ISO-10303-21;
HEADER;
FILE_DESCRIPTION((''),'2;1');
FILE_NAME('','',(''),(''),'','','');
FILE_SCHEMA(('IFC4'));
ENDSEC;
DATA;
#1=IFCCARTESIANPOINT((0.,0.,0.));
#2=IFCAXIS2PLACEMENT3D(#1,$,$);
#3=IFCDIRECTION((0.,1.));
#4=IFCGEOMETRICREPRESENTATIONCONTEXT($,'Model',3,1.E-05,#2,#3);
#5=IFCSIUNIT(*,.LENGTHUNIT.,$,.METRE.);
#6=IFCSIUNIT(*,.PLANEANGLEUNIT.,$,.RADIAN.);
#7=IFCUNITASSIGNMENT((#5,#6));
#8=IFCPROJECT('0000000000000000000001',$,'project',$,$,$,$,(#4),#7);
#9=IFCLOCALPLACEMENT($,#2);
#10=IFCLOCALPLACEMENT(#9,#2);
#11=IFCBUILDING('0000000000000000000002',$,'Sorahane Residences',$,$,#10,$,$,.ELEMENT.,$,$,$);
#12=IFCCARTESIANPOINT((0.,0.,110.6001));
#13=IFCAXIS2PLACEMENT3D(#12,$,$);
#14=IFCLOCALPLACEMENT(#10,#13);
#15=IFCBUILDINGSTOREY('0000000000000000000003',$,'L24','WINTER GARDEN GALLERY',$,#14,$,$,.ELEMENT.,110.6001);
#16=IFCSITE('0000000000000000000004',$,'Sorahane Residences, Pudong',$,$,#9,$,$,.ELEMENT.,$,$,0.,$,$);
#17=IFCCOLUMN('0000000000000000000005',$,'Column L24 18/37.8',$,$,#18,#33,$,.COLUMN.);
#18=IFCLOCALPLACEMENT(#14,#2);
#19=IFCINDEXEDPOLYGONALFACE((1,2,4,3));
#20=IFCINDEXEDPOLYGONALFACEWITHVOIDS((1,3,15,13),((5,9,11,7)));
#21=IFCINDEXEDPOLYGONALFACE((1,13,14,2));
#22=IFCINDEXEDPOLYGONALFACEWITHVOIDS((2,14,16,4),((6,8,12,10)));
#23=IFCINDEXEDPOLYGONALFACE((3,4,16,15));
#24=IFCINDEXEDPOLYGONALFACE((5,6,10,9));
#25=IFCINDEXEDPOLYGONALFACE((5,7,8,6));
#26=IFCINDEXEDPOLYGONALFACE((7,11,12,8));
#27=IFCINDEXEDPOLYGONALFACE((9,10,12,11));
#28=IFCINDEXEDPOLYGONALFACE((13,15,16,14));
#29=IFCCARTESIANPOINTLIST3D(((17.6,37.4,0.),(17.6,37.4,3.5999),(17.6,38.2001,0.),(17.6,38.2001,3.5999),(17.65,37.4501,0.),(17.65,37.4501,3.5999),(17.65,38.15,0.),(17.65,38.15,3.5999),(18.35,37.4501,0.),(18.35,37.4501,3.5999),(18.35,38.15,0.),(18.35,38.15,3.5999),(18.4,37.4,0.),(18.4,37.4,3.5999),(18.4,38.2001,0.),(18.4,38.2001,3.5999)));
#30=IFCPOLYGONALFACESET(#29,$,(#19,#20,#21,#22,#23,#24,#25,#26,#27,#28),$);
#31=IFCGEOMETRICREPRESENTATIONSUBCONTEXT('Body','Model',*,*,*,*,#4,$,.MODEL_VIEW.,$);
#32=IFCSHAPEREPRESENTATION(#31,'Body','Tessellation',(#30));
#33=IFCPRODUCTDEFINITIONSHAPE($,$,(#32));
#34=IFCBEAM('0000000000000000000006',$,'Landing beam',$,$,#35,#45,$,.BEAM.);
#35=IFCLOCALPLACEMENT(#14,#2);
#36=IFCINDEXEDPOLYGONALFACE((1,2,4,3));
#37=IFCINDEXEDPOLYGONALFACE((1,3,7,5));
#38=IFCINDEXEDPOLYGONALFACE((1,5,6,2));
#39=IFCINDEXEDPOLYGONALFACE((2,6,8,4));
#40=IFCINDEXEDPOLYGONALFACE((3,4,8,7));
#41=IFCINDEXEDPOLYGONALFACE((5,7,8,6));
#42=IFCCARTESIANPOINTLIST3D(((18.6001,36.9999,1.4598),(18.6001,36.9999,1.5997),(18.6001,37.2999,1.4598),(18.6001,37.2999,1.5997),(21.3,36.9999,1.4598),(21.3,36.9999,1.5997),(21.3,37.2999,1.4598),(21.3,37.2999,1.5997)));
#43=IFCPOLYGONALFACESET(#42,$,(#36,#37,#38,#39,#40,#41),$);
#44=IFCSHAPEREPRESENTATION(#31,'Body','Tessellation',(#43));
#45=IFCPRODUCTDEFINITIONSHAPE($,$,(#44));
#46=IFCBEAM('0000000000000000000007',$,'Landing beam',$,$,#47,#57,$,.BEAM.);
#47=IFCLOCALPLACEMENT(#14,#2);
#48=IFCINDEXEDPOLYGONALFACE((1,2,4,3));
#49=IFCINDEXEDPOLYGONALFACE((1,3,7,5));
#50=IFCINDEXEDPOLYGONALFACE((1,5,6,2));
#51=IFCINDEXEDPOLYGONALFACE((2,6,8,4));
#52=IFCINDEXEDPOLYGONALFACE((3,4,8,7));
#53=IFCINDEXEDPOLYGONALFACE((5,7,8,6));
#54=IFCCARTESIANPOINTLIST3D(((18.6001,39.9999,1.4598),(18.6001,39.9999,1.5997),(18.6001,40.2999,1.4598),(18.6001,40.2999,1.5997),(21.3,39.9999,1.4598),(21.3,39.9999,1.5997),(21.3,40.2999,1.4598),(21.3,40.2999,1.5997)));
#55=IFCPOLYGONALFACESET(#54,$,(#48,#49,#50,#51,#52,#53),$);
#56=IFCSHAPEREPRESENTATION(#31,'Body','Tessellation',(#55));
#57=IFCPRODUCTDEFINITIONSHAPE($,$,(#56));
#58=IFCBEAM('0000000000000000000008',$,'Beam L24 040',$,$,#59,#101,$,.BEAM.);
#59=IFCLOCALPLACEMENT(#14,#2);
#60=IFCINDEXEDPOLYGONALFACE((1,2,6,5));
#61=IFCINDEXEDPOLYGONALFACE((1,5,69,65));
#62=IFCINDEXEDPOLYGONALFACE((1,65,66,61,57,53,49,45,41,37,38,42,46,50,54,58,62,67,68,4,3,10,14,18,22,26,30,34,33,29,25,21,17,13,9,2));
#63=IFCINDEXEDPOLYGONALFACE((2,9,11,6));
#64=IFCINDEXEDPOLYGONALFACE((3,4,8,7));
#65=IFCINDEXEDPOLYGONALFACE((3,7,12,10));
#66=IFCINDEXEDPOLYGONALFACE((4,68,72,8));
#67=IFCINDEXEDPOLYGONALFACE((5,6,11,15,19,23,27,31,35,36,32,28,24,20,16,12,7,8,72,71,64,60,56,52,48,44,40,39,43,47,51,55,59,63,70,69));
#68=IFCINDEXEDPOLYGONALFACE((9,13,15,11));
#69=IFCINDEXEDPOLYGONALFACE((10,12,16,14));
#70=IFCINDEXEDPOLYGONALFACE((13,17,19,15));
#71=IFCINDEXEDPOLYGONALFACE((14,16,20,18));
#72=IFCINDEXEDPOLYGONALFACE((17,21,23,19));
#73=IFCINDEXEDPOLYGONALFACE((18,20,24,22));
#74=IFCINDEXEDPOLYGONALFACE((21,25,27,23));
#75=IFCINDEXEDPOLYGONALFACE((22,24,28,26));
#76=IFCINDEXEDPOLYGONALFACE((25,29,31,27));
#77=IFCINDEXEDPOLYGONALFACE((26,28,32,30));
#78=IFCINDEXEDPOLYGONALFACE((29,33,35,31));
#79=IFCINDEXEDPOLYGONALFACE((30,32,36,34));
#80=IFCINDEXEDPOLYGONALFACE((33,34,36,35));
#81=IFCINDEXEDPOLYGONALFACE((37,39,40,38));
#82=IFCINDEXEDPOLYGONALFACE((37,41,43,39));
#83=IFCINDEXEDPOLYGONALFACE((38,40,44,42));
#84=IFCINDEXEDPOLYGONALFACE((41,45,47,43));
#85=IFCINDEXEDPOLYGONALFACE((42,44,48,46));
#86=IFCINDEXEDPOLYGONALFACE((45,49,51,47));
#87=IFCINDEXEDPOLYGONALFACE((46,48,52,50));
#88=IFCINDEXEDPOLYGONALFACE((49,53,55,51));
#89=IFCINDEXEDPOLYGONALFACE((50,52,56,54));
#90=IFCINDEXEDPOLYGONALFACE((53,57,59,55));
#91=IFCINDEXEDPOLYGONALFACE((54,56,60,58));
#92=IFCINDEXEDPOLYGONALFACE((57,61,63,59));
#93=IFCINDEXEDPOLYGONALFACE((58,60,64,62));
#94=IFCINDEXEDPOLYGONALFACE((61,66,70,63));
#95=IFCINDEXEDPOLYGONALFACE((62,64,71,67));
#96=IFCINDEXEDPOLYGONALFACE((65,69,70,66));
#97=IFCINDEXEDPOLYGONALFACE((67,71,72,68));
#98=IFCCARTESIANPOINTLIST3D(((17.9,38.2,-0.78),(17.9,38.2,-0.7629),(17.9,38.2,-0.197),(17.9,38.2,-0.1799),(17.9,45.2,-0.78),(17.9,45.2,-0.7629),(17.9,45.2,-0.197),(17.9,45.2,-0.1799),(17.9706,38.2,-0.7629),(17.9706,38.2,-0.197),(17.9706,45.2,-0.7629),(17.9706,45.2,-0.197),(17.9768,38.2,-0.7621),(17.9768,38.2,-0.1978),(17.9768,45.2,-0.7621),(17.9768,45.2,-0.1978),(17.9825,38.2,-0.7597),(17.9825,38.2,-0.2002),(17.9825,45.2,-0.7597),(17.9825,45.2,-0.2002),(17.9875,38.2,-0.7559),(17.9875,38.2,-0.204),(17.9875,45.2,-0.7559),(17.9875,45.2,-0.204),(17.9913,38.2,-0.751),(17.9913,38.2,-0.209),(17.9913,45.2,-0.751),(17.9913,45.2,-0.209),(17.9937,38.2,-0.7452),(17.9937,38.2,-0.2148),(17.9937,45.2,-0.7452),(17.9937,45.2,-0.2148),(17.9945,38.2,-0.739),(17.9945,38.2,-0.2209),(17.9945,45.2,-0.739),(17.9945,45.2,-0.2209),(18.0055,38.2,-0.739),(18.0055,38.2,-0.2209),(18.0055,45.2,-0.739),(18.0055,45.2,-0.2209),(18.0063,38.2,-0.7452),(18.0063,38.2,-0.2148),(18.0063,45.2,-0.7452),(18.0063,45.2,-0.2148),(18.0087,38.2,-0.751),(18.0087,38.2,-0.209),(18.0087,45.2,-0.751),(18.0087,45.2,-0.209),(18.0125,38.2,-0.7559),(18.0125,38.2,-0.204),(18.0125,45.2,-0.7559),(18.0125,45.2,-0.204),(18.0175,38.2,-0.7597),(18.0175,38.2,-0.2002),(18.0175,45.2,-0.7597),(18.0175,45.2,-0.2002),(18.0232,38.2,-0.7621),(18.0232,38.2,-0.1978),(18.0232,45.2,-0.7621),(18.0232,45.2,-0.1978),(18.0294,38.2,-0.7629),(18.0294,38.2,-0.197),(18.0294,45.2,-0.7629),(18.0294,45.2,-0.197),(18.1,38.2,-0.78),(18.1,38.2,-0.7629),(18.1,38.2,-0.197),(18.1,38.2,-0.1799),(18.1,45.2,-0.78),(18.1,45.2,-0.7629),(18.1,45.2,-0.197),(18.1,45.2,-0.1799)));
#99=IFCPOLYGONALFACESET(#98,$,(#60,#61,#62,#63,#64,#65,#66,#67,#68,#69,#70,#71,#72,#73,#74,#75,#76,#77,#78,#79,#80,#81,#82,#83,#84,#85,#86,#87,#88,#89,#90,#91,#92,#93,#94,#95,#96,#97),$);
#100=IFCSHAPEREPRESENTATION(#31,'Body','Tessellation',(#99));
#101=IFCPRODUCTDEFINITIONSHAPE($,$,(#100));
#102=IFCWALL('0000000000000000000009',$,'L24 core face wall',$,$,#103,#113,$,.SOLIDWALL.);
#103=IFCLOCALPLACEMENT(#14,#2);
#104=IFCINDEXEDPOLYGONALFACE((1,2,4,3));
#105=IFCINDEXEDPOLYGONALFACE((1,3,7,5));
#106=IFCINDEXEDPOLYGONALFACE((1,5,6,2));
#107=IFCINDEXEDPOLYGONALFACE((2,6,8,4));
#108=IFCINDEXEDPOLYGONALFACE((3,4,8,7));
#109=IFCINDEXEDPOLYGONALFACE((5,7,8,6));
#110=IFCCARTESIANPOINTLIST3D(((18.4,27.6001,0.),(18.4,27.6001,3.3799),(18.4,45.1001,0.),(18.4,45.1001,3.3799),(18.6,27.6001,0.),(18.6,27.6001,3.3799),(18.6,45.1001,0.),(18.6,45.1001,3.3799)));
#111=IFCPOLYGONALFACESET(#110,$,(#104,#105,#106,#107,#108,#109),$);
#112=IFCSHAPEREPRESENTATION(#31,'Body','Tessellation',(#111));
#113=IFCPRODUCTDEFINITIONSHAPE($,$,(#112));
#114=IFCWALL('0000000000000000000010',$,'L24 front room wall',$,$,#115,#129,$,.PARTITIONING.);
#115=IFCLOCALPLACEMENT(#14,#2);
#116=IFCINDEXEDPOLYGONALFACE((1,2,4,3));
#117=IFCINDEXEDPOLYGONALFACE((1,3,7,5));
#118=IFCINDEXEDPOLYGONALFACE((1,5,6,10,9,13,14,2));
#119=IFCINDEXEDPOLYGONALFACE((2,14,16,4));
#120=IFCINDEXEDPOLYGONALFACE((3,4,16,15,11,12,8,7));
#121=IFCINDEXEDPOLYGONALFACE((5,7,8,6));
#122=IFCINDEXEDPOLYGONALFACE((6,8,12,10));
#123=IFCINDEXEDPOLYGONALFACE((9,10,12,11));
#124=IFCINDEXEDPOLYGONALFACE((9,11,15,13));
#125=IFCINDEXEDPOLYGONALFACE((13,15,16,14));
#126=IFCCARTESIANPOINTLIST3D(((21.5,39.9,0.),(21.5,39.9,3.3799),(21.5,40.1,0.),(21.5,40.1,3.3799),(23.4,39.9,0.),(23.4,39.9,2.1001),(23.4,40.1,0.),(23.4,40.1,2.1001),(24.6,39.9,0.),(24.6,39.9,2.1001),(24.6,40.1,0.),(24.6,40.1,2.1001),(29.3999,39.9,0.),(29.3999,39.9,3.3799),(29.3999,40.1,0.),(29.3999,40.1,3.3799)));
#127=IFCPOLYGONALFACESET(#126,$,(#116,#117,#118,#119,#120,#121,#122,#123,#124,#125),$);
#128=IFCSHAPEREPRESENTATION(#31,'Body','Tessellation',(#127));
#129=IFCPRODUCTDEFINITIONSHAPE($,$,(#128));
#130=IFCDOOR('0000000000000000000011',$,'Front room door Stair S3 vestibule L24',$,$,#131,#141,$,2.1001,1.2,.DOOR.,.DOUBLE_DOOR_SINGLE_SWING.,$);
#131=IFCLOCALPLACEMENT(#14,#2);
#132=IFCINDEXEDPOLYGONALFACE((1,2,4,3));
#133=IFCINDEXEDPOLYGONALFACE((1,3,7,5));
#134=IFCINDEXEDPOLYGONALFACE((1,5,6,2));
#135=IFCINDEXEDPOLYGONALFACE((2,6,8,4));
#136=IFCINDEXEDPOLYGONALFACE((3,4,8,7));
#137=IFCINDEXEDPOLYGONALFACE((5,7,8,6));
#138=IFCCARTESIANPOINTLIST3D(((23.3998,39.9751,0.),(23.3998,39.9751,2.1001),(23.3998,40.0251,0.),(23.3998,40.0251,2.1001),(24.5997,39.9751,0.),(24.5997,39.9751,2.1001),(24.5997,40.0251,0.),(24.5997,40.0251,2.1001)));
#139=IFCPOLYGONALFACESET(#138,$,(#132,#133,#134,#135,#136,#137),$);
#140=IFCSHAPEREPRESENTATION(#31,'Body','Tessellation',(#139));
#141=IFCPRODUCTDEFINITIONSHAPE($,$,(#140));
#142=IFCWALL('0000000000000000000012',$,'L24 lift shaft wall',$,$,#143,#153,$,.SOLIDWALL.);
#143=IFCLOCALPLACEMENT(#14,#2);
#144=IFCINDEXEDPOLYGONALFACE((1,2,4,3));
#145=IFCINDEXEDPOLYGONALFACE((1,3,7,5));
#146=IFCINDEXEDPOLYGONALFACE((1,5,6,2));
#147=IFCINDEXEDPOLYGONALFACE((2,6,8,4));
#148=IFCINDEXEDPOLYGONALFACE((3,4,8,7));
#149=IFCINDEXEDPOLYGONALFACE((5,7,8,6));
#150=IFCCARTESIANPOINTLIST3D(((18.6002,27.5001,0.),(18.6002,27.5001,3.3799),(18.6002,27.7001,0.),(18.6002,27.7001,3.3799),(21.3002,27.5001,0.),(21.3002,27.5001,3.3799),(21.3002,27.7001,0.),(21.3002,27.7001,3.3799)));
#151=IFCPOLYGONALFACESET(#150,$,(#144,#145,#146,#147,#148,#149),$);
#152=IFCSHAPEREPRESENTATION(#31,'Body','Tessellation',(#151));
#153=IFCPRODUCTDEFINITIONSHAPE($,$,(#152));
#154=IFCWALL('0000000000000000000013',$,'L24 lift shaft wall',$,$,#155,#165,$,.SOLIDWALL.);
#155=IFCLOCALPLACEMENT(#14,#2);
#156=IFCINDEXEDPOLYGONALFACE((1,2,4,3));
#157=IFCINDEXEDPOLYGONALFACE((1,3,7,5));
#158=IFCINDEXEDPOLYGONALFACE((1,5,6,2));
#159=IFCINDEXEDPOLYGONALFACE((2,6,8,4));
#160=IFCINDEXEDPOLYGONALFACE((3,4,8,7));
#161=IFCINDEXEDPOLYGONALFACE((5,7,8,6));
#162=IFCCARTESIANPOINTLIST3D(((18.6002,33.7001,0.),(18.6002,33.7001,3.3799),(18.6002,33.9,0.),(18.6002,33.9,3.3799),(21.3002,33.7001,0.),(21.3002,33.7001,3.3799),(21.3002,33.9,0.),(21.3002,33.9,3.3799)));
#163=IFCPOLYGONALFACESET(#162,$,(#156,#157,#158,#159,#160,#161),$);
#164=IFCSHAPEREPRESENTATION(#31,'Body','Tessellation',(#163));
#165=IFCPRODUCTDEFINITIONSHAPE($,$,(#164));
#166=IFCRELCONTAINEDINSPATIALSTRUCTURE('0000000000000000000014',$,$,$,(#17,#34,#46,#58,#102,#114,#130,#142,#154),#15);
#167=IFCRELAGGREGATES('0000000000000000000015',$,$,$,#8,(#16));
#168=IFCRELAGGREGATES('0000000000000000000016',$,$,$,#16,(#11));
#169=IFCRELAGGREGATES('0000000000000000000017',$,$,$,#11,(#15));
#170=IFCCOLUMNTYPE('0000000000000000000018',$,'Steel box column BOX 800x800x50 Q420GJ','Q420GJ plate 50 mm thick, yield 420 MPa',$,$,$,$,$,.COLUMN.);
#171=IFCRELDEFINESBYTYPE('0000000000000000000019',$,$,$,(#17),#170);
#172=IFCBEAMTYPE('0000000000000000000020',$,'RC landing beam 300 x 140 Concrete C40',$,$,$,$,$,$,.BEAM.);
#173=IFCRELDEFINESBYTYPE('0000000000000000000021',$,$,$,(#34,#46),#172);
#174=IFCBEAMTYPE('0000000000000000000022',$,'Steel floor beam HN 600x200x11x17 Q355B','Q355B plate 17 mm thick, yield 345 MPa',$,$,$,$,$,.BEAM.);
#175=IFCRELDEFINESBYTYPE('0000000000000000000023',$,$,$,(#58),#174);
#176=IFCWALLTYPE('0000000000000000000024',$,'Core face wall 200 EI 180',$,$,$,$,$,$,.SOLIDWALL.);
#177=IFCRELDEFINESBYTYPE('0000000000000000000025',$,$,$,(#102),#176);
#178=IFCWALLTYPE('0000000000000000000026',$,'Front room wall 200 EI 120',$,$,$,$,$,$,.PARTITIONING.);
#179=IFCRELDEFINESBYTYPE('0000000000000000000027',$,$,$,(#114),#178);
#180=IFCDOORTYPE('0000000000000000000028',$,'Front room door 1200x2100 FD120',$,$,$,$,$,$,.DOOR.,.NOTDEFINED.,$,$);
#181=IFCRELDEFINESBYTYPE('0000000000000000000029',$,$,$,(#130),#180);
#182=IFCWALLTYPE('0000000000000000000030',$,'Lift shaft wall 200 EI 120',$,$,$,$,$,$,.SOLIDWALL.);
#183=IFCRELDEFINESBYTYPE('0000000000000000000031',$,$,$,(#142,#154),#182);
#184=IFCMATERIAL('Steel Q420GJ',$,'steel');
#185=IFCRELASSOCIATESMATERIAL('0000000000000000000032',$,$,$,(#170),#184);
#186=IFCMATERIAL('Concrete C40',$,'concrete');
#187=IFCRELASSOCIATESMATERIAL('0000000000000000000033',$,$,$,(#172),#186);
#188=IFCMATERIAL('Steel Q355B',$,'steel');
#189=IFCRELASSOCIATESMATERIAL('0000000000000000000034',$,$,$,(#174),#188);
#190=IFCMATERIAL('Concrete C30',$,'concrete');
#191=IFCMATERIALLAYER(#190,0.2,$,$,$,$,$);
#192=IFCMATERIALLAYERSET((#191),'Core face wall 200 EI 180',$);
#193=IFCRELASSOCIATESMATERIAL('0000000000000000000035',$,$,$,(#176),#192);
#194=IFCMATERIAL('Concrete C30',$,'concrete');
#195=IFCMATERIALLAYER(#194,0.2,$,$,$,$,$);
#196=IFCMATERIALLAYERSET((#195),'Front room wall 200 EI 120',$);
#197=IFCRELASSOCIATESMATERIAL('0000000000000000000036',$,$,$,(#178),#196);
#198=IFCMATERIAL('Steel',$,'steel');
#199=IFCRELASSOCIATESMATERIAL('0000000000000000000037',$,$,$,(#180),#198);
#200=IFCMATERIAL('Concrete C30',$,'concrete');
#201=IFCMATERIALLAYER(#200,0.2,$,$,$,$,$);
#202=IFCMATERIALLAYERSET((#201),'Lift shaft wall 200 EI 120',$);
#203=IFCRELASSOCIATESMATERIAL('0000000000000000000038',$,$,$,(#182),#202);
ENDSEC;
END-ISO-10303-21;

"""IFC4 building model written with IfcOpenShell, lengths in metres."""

from ifc_helpers import new_model, si_unit, direction, frame, frame_2d, origin, origin_2d, place, context, subcontext, project, spatial, rectangle, hollow_rectangle, i_section, extrude, material, layer, layer_set, material_profile, profile_set, type_object, element, fill, save


model = new_model("IFC4")

# Units and contexts
model_context = context("Model", 3, precision=1e-05, world=origin(), true_north=direction((0.0, 1.0)))
body_context = subcontext(model_context, "Body", "Model", "MODEL_VIEW")
ifc_project = project(units=[si_unit("LENGTHUNIT", "METRE"), si_unit("PLANEANGLEUNIT", "RADIAN")], contexts=[model_context])

# Site, building, storey
site_placement = place(None, origin())
site = spatial("IfcSite", under=ifc_project, at=site_placement, Name="Sorahane Residences, Pudong", CompositionType="ELEMENT", RefElevation=0.0)
building_placement = place(site_placement, origin())
building = spatial("IfcBuilding", under=site, at=building_placement, Name="Sorahane Residences", CompositionType="ELEMENT")
storey_placement = place(building_placement, frame((0.0, 0.0, 110.6001)))
storey = spatial("IfcBuildingStorey", under=building, at=storey_placement, Name="L24", Description="WINTER GARDEN GALLERY", CompositionType="ELEMENT", Elevation=110.6001)

# Column
ifc_material_1 = material(Name="Steel Q420GJ", Category="steel")
ifc_material_profile_1 = material_profile(ifc_material_1, hollow_rectangle(XDim=0.8, YDim=0.8, WallThickness=0.05, at=origin_2d()), Name="BOX 800x800x50")
ifc_profile_set_1 = profile_set([ifc_material_profile_1], Name="Steel Q420GJ")
column_type = type_object("IfcColumnType", Name="Steel box column BOX 800x800x50 Q420GJ", Description="Q420GJ plate 50 mm thick, yield 420 MPa", PredefinedType="COLUMN", material=ifc_profile_set_1)
column_placement = place(storey_placement, frame((18.0, 37.8, 0.0), z_axis=(0.0, 0.0, 1.0), x_axis=(1.0, 0.0, 0.0)))
element("IfcColumn", 1, at=column_placement, inside=storey, type_object=column_type, Name="Column L24 18/37.8", PredefinedType="COLUMN", context=body_context, shape_type="SweptSolid", body=[
    extrude(hollow_rectangle(XDim=0.8, YDim=0.8, WallThickness=0.05, at=origin_2d()), origin(), (0.0, 0.0, 1.0), 3.5999),
])

# Beams
ifc_material_2 = material(Name="Concrete C40", Category="concrete")
ifc_material_profile_2 = material_profile(ifc_material_2, rectangle(XDim=0.3, YDim=0.1399, at=origin_2d()), Name="300x140")
ifc_profile_set_2 = profile_set([ifc_material_profile_2], Name="Concrete C40")
beam_type_1 = type_object("IfcBeamType", Name="RC landing beam 300 x 140 Concrete C40", PredefinedType="BEAM", material=ifc_profile_set_2)
for number, where, z_axis, x_axis, name in (
    (2, (18.6001, 37.1499, 1.5298), (1.0, 0.0, 0.0), (0.0, 1.0, 0.0), "Landing beam"),
    (3, (18.6001, 40.1499, 1.5298), (1.0, 0.0, 0.0), (0.0, 1.0, 0.0), "Landing beam"),
):
    element("IfcBeam", number, at=place(storey_placement, frame(where, z_axis=z_axis, x_axis=x_axis)), inside=storey, type_object=beam_type_1, Name=name, PredefinedType="BEAM", context=body_context, shape_type="SweptSolid", body=[
        extrude(rectangle(XDim=0.3, YDim=0.1399, at=origin_2d()), origin(), (0.0, 0.0, 1.0), 2.7),
    ])
ifc_material_3 = material(Name="Steel Q355B", Category="steel")
ifc_material_profile_3 = material_profile(ifc_material_3, i_section(OverallWidth=0.2, OverallDepth=0.6001, WebThickness=0.011, FlangeThickness=0.0171, FilletRadius=0.0239, at=origin_2d()), Name="HN 600x200x11x17")
ifc_profile_set_3 = profile_set([ifc_material_profile_3], Name="Steel Q355B")
beam_type_2 = type_object("IfcBeamType", Name="Steel floor beam HN 600x200x11x17 Q355B", Description="Q355B plate 17 mm thick, yield 345 MPa", PredefinedType="BEAM", material=ifc_profile_set_3)
beam_placement = place(storey_placement, frame((18.0, 38.2, -0.48), z_axis=(0.0, 1.0, 0.0), x_axis=(-1.0, 0.0, 0.0)))
element("IfcBeam", 4, at=beam_placement, inside=storey, type_object=beam_type_2, Name="Beam L24 040", PredefinedType="BEAM", context=body_context, shape_type="SweptSolid", body=[
    extrude(i_section(OverallWidth=0.2, OverallDepth=0.6001, WebThickness=0.011, FlangeThickness=0.0171, FilletRadius=0.0239, at=origin_2d()), origin(), (0.0, 0.0, 1.0), 7.0),
])

# Wall
ifc_material_4 = material(Name="Concrete C30", Category="concrete")
ifc_layer_1 = layer(ifc_material_4, 0.2)
ifc_layer_set_1 = layer_set([ifc_layer_1], Name="Core face wall 200 EI 180")
wall_type_1 = type_object("IfcWallType", Name="Core face wall 200 EI 180", PredefinedType="SOLIDWALL", material=ifc_layer_set_1)
wall_1_placement = place(storey_placement, frame((18.5, 27.6001, 0.0), z_axis=(0.0, 0.0, 1.0), x_axis=(0.0, 1.0, 0.0)))
element("IfcWall", 5, at=wall_1_placement, inside=storey, type_object=wall_type_1, Name="L24 core face wall", PredefinedType="SOLIDWALL", context=body_context, shape_type="SweptSolid", body=[
    extrude(rectangle(XDim=17.5, YDim=0.2, at=frame_2d((8.75, 0.0))), origin(), (0.0, 0.0, 1.0), 3.3799),
])

# Wall, opening, door
ifc_material_5 = material(Name="Concrete C30", Category="concrete")
ifc_layer_2 = layer(ifc_material_5, 0.2)
ifc_layer_set_2 = layer_set([ifc_layer_2], Name="Front room wall 200 EI 120")
wall_type_2 = type_object("IfcWallType", Name="Front room wall 200 EI 120", PredefinedType="PARTITIONING", material=ifc_layer_set_2)
wall_2_placement = place(storey_placement, frame((21.5, 40.0, 0.0), z_axis=(0.0, 0.0, 1.0), x_axis=(1.0, 0.0, 0.0)))
wall_2 = element("IfcWall", 6, at=wall_2_placement, inside=storey, type_object=wall_type_2, Name="L24 front room wall", PredefinedType="PARTITIONING", context=body_context, shape_type="SweptSolid", body=[
    extrude(rectangle(XDim=7.8999, YDim=0.2, at=frame_2d((3.95, 0.0))), origin(), (0.0, 0.0, 1.0), 3.3799),
])
opening_1_placement = place(wall_2_placement, frame((1.8999, 0.0, 0.0)))
opening_1 = element("IfcOpeningElement", 7, at=opening_1_placement, cuts=wall_2, PredefinedType="OPENING", context=body_context, shape_type="SweptSolid", body=[
    extrude(rectangle(XDim=1.2, YDim=2.1001, at=frame_2d((0.6001, 1.05))), frame((0.0, 0.1099, 0.0), z_axis=(0.0, -1.0, 0.0), x_axis=(1.0, 0.0, 0.0)), (0.0, 0.0, 1.0), 0.22),
])
ifc_material_6 = material(Name="Steel", Category="steel")
door_type_1 = type_object("IfcDoorType", Name="Front room door 1200x2100 FD120", OperationType="NOTDEFINED", PredefinedType="DOOR", material=ifc_material_6)
door_1_placement = place(opening_1_placement, frame((1.2, 0.0, 0.0), z_axis=(0.0, 0.0, 1.0), x_axis=(-1.0, 0.0, 0.0)))
door_1 = element("IfcDoor", 8, at=door_1_placement, inside=storey, type_object=door_type_1, Name="Front room door Stair S3 vestibule L24", OperationType="DOUBLE_DOOR_SINGLE_SWING", OverallHeight=2.1001, OverallWidth=1.2, PredefinedType="DOOR", context=body_context, shape_type="SweptSolid", body=[
    extrude(rectangle(XDim=1.2, YDim=2.1001, at=frame_2d((0.6001, 1.05))), frame((0.0, 0.0249, 0.0), z_axis=(0.0, -1.0, 0.0), x_axis=(1.0, 0.0, 0.0)), (0.0, 0.0, 1.0), 0.05),
])
fill(opening_1, door_1)

# Walls
ifc_material_7 = material(Name="Concrete C30", Category="concrete")
ifc_layer_3 = layer(ifc_material_7, 0.2)
ifc_layer_set_3 = layer_set([ifc_layer_3], Name="Lift shaft wall 200 EI 120")
wall_type_3 = type_object("IfcWallType", Name="Lift shaft wall 200 EI 120", PredefinedType="SOLIDWALL", material=ifc_layer_set_3)
for number, where, z_axis, x_axis, name in (
    (9, (18.6001, 27.6001, 0.0), (0.0, 0.0, 1.0), (1.0, 0.0, 0.0), "L24 lift shaft wall"),
    (10, (18.6001, 33.8, 0.0), (0.0, 0.0, 1.0), (1.0, 0.0, 0.0), "L24 lift shaft wall"),
):
    element("IfcWall", number, at=place(storey_placement, frame(where, z_axis=z_axis, x_axis=x_axis)), inside=storey, type_object=wall_type_3, Name=name, PredefinedType="SOLIDWALL", context=body_context, shape_type="SweptSolid", body=[
        extrude(rectangle(XDim=2.7, YDim=0.2, at=frame_2d((1.3501, 0.0))), origin(), (0.0, 0.0, 1.0), 3.3799),
    ])

save(model, "model.ifc")
